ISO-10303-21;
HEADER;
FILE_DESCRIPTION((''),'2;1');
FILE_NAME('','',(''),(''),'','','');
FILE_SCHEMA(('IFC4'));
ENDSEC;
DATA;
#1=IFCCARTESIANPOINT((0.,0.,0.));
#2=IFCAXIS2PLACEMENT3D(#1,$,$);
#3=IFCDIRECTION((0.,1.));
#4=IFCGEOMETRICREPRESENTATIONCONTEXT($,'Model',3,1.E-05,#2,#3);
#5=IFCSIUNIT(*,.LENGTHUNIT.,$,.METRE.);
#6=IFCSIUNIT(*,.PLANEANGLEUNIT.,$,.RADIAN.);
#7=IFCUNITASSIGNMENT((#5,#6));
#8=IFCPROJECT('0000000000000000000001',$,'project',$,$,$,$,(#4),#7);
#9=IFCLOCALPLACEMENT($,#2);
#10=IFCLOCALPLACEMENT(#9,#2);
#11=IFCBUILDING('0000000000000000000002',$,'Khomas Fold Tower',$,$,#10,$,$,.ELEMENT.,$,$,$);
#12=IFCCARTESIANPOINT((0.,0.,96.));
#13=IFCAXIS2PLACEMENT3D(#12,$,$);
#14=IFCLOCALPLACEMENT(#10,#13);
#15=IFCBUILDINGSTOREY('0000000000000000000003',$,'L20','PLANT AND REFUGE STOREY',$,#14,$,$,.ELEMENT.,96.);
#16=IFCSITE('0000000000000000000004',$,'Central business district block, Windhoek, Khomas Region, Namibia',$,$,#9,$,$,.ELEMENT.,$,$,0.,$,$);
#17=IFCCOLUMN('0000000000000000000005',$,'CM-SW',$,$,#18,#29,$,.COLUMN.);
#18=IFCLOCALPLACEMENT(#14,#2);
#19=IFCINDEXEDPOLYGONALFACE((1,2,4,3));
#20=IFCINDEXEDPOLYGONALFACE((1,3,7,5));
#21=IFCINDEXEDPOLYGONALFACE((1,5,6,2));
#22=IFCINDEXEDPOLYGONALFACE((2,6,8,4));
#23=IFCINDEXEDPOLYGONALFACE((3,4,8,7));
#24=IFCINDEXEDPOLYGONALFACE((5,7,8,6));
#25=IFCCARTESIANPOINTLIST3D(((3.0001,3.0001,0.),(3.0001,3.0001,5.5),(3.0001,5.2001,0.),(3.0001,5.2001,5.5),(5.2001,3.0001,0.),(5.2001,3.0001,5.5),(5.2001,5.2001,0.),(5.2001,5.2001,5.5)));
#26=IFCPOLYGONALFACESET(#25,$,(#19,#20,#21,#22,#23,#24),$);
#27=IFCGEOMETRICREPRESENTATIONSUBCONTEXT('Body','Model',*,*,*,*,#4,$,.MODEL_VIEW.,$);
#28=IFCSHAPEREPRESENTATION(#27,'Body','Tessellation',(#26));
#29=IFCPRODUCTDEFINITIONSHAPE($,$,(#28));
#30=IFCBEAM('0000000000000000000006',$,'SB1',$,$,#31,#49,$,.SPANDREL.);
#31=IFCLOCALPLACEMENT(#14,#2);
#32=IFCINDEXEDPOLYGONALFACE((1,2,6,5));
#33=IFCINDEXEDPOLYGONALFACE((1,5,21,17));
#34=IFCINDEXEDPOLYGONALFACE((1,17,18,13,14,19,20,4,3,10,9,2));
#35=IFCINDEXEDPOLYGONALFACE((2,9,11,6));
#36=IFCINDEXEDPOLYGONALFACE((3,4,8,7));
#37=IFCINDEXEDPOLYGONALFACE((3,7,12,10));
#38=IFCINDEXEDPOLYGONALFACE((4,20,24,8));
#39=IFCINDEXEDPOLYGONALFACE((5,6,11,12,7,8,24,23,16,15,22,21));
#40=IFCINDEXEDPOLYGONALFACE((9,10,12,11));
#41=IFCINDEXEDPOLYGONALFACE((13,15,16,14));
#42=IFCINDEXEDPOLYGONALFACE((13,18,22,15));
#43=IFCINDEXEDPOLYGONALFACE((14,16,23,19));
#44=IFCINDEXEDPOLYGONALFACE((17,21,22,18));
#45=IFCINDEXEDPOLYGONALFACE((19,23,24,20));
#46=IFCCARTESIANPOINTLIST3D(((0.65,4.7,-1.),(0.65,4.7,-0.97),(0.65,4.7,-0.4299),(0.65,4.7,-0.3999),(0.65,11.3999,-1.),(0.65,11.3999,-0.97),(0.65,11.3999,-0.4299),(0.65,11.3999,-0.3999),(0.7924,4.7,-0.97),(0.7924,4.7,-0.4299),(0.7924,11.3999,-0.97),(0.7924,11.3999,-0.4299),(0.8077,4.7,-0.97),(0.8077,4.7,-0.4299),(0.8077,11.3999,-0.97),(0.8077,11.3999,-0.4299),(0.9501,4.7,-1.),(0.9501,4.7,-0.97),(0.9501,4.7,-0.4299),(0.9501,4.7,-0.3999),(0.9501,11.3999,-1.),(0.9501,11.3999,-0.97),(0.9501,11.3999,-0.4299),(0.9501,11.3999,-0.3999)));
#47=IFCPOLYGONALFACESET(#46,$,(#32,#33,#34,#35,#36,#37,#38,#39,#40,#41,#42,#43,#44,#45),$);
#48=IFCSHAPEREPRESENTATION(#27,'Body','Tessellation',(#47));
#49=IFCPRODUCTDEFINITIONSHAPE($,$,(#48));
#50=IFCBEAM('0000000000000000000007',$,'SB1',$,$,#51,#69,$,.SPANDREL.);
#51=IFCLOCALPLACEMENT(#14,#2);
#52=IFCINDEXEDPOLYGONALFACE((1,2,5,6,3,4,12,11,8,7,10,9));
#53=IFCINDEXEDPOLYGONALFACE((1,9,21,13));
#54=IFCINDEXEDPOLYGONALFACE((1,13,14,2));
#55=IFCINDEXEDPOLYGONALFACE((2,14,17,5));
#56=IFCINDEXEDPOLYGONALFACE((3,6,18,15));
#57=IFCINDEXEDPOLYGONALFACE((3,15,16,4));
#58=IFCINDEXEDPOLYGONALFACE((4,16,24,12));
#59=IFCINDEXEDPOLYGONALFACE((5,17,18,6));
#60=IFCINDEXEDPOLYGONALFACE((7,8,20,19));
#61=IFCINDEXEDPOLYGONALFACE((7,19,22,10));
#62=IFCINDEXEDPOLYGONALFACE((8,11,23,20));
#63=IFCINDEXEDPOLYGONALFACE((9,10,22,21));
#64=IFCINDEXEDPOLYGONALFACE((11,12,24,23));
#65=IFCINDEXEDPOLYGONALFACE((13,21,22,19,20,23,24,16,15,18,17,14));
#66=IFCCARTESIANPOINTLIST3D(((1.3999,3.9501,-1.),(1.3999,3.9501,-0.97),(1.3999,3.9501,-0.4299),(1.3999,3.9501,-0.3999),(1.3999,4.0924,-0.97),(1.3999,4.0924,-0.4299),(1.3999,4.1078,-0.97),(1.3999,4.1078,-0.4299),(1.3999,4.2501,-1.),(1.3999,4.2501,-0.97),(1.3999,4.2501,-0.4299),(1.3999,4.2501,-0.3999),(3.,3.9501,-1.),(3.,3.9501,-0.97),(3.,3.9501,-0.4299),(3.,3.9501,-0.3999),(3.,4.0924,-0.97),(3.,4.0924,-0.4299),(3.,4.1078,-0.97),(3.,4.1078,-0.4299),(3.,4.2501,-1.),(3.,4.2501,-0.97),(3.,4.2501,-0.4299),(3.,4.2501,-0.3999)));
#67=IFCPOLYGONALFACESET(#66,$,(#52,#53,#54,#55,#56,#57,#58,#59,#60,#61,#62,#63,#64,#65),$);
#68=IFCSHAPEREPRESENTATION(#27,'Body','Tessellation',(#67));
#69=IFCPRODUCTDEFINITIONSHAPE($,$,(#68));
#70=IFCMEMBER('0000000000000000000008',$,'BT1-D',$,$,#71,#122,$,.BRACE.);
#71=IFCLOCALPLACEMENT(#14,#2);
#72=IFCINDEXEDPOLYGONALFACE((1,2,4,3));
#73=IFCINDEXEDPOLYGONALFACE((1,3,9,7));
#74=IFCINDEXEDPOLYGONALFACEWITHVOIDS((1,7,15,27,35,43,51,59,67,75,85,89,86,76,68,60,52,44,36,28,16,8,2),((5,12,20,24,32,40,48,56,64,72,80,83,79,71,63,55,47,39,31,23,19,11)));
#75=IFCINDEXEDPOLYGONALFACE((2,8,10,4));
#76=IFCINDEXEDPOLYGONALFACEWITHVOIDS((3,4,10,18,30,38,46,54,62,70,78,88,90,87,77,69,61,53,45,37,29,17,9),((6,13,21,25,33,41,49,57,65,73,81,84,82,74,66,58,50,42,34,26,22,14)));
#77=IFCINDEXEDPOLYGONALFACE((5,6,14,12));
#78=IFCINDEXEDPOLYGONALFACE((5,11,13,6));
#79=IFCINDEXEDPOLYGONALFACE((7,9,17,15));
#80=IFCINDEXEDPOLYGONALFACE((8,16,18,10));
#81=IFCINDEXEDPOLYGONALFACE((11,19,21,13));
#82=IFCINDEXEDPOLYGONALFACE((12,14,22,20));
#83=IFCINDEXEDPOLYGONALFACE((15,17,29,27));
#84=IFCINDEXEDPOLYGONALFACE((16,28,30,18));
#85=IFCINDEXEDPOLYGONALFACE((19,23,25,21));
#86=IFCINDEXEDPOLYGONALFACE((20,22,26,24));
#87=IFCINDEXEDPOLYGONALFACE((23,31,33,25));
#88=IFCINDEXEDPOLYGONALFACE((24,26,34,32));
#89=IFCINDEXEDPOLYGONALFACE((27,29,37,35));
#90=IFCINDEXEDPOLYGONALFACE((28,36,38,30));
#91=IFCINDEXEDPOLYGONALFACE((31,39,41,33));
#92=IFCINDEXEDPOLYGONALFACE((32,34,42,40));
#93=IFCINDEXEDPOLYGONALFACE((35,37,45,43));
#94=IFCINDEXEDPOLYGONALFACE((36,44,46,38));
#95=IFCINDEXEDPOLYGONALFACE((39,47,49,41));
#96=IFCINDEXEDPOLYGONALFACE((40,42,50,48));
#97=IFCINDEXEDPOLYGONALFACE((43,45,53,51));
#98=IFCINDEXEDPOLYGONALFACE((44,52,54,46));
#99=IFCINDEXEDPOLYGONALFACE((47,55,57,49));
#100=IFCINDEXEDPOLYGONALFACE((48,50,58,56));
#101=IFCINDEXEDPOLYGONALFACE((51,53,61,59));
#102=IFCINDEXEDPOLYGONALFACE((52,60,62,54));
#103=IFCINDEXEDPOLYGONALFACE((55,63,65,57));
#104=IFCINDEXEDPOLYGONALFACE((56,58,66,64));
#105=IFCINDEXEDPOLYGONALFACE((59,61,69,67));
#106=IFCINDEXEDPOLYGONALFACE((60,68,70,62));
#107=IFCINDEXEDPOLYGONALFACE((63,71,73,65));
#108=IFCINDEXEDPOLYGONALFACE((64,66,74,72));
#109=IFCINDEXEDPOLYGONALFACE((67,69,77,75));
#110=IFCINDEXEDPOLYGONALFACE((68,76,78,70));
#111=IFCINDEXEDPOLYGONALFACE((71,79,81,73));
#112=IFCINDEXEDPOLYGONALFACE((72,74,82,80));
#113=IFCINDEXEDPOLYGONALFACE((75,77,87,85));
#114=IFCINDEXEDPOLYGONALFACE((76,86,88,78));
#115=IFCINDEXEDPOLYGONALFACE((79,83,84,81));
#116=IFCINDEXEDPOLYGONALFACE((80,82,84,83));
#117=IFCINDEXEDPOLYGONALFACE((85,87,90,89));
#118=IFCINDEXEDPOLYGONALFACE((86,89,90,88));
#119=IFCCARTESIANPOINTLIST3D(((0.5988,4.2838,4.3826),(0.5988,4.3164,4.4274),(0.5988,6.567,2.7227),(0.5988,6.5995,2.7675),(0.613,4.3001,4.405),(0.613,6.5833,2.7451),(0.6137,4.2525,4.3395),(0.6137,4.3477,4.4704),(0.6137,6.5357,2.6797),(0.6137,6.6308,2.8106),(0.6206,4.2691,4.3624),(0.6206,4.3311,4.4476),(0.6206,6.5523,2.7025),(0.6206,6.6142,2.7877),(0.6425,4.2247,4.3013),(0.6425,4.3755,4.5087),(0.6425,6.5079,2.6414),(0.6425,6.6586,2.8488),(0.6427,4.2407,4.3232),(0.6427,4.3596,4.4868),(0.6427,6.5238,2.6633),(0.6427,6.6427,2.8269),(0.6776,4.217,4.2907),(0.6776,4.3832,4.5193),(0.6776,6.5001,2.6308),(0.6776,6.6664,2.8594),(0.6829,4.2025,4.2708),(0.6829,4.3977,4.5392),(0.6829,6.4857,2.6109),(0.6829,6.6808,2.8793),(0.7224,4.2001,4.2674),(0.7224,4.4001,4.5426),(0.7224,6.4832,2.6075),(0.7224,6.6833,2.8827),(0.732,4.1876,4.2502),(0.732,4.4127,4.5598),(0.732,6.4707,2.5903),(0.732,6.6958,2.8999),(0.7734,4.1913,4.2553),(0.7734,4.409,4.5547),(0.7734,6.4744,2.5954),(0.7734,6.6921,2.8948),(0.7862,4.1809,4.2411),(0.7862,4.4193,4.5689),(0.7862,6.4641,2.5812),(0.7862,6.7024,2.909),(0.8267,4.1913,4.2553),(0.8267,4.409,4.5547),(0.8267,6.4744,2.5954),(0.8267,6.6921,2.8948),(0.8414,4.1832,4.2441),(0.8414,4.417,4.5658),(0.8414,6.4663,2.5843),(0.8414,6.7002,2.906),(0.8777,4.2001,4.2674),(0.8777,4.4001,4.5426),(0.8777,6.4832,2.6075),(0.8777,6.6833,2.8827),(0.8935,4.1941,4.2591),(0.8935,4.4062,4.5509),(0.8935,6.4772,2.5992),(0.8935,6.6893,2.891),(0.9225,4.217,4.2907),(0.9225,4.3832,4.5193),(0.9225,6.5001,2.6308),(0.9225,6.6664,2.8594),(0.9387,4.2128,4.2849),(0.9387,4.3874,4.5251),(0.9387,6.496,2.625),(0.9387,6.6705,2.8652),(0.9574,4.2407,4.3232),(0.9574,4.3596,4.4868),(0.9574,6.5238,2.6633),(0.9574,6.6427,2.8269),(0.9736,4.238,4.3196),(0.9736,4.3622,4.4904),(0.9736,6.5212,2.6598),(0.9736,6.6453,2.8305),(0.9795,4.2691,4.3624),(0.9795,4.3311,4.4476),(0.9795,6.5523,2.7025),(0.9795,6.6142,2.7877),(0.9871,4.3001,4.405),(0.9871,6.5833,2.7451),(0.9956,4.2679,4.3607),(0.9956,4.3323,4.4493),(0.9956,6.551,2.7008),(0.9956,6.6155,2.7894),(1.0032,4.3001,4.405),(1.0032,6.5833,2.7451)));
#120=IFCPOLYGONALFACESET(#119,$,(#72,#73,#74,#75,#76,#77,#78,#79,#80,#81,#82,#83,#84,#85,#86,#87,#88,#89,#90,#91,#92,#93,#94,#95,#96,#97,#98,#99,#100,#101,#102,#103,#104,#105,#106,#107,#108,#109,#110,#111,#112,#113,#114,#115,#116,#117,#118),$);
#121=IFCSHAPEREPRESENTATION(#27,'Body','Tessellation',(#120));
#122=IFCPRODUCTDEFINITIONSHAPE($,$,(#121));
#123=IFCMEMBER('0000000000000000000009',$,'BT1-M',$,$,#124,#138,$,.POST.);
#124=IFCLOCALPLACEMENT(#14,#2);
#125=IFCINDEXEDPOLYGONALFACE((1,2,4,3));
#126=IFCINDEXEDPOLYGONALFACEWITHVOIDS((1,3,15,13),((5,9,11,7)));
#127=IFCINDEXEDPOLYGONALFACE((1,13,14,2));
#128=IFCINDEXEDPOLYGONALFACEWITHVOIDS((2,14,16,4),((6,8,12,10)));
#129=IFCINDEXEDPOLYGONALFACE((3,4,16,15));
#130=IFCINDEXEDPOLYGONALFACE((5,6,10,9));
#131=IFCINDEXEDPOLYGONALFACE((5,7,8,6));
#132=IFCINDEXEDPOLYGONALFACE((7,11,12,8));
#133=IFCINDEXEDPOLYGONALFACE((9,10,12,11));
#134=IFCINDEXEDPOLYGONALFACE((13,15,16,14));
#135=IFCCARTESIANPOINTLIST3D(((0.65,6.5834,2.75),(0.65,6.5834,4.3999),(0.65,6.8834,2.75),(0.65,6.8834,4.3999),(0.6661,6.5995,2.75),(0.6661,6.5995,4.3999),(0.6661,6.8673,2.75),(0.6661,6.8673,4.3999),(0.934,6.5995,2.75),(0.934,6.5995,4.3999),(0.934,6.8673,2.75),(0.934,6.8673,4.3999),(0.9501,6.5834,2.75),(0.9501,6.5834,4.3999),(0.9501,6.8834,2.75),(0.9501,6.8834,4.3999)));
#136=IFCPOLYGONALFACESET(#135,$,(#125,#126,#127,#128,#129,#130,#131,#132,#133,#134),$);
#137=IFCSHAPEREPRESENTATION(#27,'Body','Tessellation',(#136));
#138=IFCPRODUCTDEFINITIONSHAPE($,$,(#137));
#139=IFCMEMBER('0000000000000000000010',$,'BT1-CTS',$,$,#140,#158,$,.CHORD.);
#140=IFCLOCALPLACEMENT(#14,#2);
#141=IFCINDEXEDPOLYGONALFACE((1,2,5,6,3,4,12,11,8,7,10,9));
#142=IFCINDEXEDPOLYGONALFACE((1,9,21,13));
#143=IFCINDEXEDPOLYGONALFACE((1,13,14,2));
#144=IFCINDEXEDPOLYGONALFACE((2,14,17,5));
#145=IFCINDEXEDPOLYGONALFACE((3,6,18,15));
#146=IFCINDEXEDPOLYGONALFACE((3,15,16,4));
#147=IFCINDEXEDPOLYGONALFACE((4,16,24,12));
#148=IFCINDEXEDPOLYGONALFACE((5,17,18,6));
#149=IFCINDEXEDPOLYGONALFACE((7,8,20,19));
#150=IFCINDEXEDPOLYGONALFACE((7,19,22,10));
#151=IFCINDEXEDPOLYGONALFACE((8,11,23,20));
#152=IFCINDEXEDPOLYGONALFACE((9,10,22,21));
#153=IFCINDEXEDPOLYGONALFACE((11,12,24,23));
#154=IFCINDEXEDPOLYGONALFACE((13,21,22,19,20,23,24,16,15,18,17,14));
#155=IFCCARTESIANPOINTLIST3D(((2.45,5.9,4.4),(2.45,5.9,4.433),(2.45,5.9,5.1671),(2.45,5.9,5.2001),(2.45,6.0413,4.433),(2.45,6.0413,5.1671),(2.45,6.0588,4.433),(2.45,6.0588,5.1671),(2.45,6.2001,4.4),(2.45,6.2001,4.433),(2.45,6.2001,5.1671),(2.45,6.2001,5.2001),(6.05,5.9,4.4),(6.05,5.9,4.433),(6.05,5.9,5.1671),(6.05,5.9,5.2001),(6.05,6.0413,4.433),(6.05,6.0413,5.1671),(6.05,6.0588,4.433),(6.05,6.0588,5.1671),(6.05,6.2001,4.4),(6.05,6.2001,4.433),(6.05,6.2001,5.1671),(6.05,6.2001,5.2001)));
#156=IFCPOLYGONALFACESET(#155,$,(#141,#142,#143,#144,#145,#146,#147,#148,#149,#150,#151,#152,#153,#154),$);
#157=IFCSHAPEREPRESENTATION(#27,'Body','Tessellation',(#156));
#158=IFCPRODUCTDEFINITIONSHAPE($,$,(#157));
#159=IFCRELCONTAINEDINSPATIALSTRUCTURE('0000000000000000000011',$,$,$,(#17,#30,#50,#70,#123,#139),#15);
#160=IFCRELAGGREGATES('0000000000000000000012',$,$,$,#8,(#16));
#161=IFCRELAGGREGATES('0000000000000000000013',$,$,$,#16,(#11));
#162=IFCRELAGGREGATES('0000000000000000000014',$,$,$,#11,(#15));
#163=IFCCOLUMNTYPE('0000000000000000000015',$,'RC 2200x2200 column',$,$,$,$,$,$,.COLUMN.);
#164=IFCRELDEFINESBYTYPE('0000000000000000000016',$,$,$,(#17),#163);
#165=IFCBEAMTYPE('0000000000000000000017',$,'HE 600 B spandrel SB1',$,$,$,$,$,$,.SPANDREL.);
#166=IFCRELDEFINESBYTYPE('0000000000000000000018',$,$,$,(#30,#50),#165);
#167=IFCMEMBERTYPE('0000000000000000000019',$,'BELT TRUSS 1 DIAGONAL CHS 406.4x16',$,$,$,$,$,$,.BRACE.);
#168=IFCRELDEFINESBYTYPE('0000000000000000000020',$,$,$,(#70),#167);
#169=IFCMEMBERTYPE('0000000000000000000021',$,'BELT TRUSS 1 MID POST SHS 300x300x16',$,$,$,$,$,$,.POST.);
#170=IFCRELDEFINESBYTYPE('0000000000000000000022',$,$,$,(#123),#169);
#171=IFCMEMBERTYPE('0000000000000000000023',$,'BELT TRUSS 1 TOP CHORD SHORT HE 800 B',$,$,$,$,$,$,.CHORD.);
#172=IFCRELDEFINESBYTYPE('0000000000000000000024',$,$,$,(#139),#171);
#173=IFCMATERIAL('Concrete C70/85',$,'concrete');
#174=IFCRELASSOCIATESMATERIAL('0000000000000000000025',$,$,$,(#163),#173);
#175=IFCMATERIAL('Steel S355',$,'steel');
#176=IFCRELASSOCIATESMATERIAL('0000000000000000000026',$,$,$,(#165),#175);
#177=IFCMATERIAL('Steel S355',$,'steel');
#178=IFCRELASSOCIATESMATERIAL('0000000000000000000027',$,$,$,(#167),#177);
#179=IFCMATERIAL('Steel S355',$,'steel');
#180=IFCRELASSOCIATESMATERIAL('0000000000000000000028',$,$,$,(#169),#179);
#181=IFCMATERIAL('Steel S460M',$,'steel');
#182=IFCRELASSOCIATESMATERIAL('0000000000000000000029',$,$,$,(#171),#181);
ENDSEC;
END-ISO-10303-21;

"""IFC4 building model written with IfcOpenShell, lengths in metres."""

from ifc_helpers import new_model, si_unit, direction, frame, origin, origin_2d, place, context, subcontext, project, spatial, rectangle, hollow_rectangle, hollow_circle, i_section, extrude, source, transform, mapped, material, material_profile, profile_set, type_object, element, save


model = new_model("IFC4")

# Units and contexts
model_context = context("Model", 3, precision=1e-05, world=origin(), true_north=direction((0.0, 1.0)))
body_context = subcontext(model_context, "Body", "Model", "MODEL_VIEW")
ifc_project = project(units=[si_unit("LENGTHUNIT", "METRE"), si_unit("PLANEANGLEUNIT", "RADIAN")], contexts=[model_context])

# Site, building, storey
site_placement = place(None, origin())
site = spatial("IfcSite", under=ifc_project, at=site_placement, Name="Central business district block, Windhoek, Khomas Region, Namibia", CompositionType="ELEMENT", RefElevation=0.0)
building_placement = place(site_placement, origin())
building = spatial("IfcBuilding", under=site, at=building_placement, Name="Khomas Fold Tower", CompositionType="ELEMENT")
storey_placement = place(building_placement, frame((0.0, 0.0, 96.0)))
storey = spatial("IfcBuildingStorey", under=building, at=storey_placement, Name="L20", Description="PLANT AND REFUGE STOREY", CompositionType="ELEMENT", Elevation=96.0)

# Column
ifc_material_1 = material(Name="Concrete C70/85", Category="concrete")
ifc_material_profile_1 = material_profile(ifc_material_1, rectangle(XDim=2.2, YDim=2.2, at=origin_2d()), Name="RC 2200x2200")
ifc_profile_set_1 = profile_set([ifc_material_profile_1], Name="Concrete C70/85")
column_type = type_object("IfcColumnType", Name="RC 2200x2200 column", PredefinedType="COLUMN", material=ifc_profile_set_1)
shared_shape_1 = source(origin(), body_context, "Body", "SweptSolid", [
    extrude(rectangle(XDim=2.2, YDim=2.2, at=origin_2d()), origin(), (0.0, 0.0, 1.0), 5.5),
])
column_placement = place(storey_placement, frame((4.1001, 4.1001, 0.0), z_axis=(0.0, 0.0, 1.0), x_axis=(1.0, 0.0, 0.0)))
element("IfcColumn", 1, at=column_placement, inside=storey, type_object=column_type, Name="CM-SW", PredefinedType="COLUMN", context=body_context, shape_type="MappedRepresentation", body=[
    mapped(shared_shape_1, transform((0.0, 0.0, 0.0))),
])

# Beams
ifc_material_2 = material(Name="Steel S355", Category="steel")
ifc_material_profile_2 = material_profile(ifc_material_2, i_section(OverallWidth=0.3, OverallDepth=0.6001, WebThickness=0.0154, FlangeThickness=0.03, at=origin_2d()), Name="HE 600 B")
ifc_profile_set_2 = profile_set([ifc_material_profile_2], Name="Steel S355")
beam_type_1 = type_object("IfcBeamType", Name="HE 600 B spandrel SB1", PredefinedType="SPANDREL", material=ifc_profile_set_2)
shared_shape_2 = source(origin(), body_context, "Body", "SweptSolid", [
    extrude(i_section(OverallWidth=0.3, OverallDepth=0.6001, WebThickness=0.0154, FlangeThickness=0.03, at=origin_2d()), origin(), (0.0, 0.0, 1.0), 6.7),
])
beam_1_placement = place(storey_placement, frame((0.8, 4.7, -0.7), z_axis=(0.0, 1.0, 0.0), x_axis=(-1.0, 0.0, 0.0)))
element("IfcBeam", 2, at=beam_1_placement, inside=storey, type_object=beam_type_1, Name="SB1", PredefinedType="SPANDREL", context=body_context, shape_type="MappedRepresentation", body=[
    mapped(shared_shape_2, transform((0.0, 0.0, 0.0))),
])
shared_shape_3 = source(origin(), body_context, "Body", "SweptSolid", [
    extrude(i_section(OverallWidth=0.3, OverallDepth=0.6001, WebThickness=0.0154, FlangeThickness=0.03, at=origin_2d()), origin(), (0.0, 0.0, 1.0), 1.6001),
])
beam_2_placement = place(storey_placement, frame((1.3999, 4.1001, -0.7), z_axis=(1.0, 0.0, 0.0), x_axis=(0.0, 1.0, 0.0)))
element("IfcBeam", 3, at=beam_2_placement, inside=storey, type_object=beam_type_1, Name="SB1", PredefinedType="SPANDREL", context=body_context, shape_type="MappedRepresentation", body=[
    mapped(shared_shape_3, transform((0.0, 0.0, 0.0))),
])

# Members
ifc_material_3 = material(Name="Steel S355", Category="steel")
ifc_material_profile_3 = material_profile(ifc_material_3, hollow_circle(Radius=0.2031, WallThickness=0.0161, at=origin_2d()), Name="CHS 406.4x16")
ifc_profile_set_3 = profile_set([ifc_material_profile_3], Name="Steel S355")
member_type_1 = type_object("IfcMemberType", Name="BELT TRUSS 1 DIAGONAL CHS 406.4x16", PredefinedType="BRACE", material=ifc_profile_set_3)
shared_shape_4 = source(origin(), body_context, "Body", "SweptSolid", [
    extrude(hollow_circle(Radius=0.2031, WallThickness=0.0161, at=origin_2d()), origin(), (0.0, 0.0, 1.0), 2.8228),
])
member_1_placement = place(storey_placement, frame((0.8, 6.5833, 2.7451), z_axis=(0.0, -0.808837, 0.588033), x_axis=(1.0, 0.0, 0.0)))
element("IfcMember", 4, at=member_1_placement, inside=storey, type_object=member_type_1, Name="BT1-D", PredefinedType="BRACE", context=body_context, shape_type="MappedRepresentation", body=[
    mapped(shared_shape_4, transform((0.0, 0.0, 0.0))),
])
ifc_material_4 = material(Name="Steel S355", Category="steel")
ifc_material_profile_4 = material_profile(ifc_material_4, hollow_rectangle(XDim=0.3, YDim=0.3, WallThickness=0.0161, at=origin_2d()), Name="SHS 300x300x16")
ifc_profile_set_4 = profile_set([ifc_material_profile_4], Name="Steel S355")
member_type_2 = type_object("IfcMemberType", Name="BELT TRUSS 1 MID POST SHS 300x300x16", PredefinedType="POST", material=ifc_profile_set_4)
shared_shape_5 = source(origin(), body_context, "Body", "SweptSolid", [
    extrude(hollow_rectangle(XDim=0.3, YDim=0.3, WallThickness=0.0161, at=origin_2d()), origin(), (0.0, 0.0, 1.0), 1.6499),
])
member_2_placement = place(storey_placement, frame((0.8, 6.7334, 2.75), z_axis=(0.0, 0.0, 1.0), x_axis=(1.0, 0.0, 0.0)))
element("IfcMember", 5, at=member_2_placement, inside=storey, type_object=member_type_2, Name="BT1-M", PredefinedType="POST", context=body_context, shape_type="MappedRepresentation", body=[
    mapped(shared_shape_5, transform((0.0, 0.0, 0.0))),
])
ifc_material_5 = material(Name="Steel S460M", Category="steel")
ifc_material_profile_5 = material_profile(ifc_material_5, i_section(OverallWidth=0.3, OverallDepth=0.8, WebThickness=0.0176, FlangeThickness=0.033, at=origin_2d()), Name="HE 800 B")
ifc_profile_set_5 = profile_set([ifc_material_profile_5], Name="Steel S460M")
member_type_3 = type_object("IfcMemberType", Name="BELT TRUSS 1 TOP CHORD SHORT HE 800 B", PredefinedType="CHORD", material=ifc_profile_set_5)
shared_shape_6 = source(origin(), body_context, "Body", "SweptSolid", [
    extrude(i_section(OverallWidth=0.3, OverallDepth=0.8, WebThickness=0.0176, FlangeThickness=0.033, at=origin_2d()), origin(), (0.0, 0.0, 1.0), 3.6001),
])
member_3_placement = place(storey_placement, frame((2.45, 6.05, 4.8), z_axis=(1.0, 0.0, 0.0), x_axis=(0.0, 1.0, 0.0)))
element("IfcMember", 6, at=member_3_placement, inside=storey, type_object=member_type_3, Name="BT1-CTS", PredefinedType="CHORD", context=body_context, shape_type="MappedRepresentation", body=[
    mapped(shared_shape_6, transform((0.0, 0.0, 0.0))),
])

save(model, "model.ifc")
